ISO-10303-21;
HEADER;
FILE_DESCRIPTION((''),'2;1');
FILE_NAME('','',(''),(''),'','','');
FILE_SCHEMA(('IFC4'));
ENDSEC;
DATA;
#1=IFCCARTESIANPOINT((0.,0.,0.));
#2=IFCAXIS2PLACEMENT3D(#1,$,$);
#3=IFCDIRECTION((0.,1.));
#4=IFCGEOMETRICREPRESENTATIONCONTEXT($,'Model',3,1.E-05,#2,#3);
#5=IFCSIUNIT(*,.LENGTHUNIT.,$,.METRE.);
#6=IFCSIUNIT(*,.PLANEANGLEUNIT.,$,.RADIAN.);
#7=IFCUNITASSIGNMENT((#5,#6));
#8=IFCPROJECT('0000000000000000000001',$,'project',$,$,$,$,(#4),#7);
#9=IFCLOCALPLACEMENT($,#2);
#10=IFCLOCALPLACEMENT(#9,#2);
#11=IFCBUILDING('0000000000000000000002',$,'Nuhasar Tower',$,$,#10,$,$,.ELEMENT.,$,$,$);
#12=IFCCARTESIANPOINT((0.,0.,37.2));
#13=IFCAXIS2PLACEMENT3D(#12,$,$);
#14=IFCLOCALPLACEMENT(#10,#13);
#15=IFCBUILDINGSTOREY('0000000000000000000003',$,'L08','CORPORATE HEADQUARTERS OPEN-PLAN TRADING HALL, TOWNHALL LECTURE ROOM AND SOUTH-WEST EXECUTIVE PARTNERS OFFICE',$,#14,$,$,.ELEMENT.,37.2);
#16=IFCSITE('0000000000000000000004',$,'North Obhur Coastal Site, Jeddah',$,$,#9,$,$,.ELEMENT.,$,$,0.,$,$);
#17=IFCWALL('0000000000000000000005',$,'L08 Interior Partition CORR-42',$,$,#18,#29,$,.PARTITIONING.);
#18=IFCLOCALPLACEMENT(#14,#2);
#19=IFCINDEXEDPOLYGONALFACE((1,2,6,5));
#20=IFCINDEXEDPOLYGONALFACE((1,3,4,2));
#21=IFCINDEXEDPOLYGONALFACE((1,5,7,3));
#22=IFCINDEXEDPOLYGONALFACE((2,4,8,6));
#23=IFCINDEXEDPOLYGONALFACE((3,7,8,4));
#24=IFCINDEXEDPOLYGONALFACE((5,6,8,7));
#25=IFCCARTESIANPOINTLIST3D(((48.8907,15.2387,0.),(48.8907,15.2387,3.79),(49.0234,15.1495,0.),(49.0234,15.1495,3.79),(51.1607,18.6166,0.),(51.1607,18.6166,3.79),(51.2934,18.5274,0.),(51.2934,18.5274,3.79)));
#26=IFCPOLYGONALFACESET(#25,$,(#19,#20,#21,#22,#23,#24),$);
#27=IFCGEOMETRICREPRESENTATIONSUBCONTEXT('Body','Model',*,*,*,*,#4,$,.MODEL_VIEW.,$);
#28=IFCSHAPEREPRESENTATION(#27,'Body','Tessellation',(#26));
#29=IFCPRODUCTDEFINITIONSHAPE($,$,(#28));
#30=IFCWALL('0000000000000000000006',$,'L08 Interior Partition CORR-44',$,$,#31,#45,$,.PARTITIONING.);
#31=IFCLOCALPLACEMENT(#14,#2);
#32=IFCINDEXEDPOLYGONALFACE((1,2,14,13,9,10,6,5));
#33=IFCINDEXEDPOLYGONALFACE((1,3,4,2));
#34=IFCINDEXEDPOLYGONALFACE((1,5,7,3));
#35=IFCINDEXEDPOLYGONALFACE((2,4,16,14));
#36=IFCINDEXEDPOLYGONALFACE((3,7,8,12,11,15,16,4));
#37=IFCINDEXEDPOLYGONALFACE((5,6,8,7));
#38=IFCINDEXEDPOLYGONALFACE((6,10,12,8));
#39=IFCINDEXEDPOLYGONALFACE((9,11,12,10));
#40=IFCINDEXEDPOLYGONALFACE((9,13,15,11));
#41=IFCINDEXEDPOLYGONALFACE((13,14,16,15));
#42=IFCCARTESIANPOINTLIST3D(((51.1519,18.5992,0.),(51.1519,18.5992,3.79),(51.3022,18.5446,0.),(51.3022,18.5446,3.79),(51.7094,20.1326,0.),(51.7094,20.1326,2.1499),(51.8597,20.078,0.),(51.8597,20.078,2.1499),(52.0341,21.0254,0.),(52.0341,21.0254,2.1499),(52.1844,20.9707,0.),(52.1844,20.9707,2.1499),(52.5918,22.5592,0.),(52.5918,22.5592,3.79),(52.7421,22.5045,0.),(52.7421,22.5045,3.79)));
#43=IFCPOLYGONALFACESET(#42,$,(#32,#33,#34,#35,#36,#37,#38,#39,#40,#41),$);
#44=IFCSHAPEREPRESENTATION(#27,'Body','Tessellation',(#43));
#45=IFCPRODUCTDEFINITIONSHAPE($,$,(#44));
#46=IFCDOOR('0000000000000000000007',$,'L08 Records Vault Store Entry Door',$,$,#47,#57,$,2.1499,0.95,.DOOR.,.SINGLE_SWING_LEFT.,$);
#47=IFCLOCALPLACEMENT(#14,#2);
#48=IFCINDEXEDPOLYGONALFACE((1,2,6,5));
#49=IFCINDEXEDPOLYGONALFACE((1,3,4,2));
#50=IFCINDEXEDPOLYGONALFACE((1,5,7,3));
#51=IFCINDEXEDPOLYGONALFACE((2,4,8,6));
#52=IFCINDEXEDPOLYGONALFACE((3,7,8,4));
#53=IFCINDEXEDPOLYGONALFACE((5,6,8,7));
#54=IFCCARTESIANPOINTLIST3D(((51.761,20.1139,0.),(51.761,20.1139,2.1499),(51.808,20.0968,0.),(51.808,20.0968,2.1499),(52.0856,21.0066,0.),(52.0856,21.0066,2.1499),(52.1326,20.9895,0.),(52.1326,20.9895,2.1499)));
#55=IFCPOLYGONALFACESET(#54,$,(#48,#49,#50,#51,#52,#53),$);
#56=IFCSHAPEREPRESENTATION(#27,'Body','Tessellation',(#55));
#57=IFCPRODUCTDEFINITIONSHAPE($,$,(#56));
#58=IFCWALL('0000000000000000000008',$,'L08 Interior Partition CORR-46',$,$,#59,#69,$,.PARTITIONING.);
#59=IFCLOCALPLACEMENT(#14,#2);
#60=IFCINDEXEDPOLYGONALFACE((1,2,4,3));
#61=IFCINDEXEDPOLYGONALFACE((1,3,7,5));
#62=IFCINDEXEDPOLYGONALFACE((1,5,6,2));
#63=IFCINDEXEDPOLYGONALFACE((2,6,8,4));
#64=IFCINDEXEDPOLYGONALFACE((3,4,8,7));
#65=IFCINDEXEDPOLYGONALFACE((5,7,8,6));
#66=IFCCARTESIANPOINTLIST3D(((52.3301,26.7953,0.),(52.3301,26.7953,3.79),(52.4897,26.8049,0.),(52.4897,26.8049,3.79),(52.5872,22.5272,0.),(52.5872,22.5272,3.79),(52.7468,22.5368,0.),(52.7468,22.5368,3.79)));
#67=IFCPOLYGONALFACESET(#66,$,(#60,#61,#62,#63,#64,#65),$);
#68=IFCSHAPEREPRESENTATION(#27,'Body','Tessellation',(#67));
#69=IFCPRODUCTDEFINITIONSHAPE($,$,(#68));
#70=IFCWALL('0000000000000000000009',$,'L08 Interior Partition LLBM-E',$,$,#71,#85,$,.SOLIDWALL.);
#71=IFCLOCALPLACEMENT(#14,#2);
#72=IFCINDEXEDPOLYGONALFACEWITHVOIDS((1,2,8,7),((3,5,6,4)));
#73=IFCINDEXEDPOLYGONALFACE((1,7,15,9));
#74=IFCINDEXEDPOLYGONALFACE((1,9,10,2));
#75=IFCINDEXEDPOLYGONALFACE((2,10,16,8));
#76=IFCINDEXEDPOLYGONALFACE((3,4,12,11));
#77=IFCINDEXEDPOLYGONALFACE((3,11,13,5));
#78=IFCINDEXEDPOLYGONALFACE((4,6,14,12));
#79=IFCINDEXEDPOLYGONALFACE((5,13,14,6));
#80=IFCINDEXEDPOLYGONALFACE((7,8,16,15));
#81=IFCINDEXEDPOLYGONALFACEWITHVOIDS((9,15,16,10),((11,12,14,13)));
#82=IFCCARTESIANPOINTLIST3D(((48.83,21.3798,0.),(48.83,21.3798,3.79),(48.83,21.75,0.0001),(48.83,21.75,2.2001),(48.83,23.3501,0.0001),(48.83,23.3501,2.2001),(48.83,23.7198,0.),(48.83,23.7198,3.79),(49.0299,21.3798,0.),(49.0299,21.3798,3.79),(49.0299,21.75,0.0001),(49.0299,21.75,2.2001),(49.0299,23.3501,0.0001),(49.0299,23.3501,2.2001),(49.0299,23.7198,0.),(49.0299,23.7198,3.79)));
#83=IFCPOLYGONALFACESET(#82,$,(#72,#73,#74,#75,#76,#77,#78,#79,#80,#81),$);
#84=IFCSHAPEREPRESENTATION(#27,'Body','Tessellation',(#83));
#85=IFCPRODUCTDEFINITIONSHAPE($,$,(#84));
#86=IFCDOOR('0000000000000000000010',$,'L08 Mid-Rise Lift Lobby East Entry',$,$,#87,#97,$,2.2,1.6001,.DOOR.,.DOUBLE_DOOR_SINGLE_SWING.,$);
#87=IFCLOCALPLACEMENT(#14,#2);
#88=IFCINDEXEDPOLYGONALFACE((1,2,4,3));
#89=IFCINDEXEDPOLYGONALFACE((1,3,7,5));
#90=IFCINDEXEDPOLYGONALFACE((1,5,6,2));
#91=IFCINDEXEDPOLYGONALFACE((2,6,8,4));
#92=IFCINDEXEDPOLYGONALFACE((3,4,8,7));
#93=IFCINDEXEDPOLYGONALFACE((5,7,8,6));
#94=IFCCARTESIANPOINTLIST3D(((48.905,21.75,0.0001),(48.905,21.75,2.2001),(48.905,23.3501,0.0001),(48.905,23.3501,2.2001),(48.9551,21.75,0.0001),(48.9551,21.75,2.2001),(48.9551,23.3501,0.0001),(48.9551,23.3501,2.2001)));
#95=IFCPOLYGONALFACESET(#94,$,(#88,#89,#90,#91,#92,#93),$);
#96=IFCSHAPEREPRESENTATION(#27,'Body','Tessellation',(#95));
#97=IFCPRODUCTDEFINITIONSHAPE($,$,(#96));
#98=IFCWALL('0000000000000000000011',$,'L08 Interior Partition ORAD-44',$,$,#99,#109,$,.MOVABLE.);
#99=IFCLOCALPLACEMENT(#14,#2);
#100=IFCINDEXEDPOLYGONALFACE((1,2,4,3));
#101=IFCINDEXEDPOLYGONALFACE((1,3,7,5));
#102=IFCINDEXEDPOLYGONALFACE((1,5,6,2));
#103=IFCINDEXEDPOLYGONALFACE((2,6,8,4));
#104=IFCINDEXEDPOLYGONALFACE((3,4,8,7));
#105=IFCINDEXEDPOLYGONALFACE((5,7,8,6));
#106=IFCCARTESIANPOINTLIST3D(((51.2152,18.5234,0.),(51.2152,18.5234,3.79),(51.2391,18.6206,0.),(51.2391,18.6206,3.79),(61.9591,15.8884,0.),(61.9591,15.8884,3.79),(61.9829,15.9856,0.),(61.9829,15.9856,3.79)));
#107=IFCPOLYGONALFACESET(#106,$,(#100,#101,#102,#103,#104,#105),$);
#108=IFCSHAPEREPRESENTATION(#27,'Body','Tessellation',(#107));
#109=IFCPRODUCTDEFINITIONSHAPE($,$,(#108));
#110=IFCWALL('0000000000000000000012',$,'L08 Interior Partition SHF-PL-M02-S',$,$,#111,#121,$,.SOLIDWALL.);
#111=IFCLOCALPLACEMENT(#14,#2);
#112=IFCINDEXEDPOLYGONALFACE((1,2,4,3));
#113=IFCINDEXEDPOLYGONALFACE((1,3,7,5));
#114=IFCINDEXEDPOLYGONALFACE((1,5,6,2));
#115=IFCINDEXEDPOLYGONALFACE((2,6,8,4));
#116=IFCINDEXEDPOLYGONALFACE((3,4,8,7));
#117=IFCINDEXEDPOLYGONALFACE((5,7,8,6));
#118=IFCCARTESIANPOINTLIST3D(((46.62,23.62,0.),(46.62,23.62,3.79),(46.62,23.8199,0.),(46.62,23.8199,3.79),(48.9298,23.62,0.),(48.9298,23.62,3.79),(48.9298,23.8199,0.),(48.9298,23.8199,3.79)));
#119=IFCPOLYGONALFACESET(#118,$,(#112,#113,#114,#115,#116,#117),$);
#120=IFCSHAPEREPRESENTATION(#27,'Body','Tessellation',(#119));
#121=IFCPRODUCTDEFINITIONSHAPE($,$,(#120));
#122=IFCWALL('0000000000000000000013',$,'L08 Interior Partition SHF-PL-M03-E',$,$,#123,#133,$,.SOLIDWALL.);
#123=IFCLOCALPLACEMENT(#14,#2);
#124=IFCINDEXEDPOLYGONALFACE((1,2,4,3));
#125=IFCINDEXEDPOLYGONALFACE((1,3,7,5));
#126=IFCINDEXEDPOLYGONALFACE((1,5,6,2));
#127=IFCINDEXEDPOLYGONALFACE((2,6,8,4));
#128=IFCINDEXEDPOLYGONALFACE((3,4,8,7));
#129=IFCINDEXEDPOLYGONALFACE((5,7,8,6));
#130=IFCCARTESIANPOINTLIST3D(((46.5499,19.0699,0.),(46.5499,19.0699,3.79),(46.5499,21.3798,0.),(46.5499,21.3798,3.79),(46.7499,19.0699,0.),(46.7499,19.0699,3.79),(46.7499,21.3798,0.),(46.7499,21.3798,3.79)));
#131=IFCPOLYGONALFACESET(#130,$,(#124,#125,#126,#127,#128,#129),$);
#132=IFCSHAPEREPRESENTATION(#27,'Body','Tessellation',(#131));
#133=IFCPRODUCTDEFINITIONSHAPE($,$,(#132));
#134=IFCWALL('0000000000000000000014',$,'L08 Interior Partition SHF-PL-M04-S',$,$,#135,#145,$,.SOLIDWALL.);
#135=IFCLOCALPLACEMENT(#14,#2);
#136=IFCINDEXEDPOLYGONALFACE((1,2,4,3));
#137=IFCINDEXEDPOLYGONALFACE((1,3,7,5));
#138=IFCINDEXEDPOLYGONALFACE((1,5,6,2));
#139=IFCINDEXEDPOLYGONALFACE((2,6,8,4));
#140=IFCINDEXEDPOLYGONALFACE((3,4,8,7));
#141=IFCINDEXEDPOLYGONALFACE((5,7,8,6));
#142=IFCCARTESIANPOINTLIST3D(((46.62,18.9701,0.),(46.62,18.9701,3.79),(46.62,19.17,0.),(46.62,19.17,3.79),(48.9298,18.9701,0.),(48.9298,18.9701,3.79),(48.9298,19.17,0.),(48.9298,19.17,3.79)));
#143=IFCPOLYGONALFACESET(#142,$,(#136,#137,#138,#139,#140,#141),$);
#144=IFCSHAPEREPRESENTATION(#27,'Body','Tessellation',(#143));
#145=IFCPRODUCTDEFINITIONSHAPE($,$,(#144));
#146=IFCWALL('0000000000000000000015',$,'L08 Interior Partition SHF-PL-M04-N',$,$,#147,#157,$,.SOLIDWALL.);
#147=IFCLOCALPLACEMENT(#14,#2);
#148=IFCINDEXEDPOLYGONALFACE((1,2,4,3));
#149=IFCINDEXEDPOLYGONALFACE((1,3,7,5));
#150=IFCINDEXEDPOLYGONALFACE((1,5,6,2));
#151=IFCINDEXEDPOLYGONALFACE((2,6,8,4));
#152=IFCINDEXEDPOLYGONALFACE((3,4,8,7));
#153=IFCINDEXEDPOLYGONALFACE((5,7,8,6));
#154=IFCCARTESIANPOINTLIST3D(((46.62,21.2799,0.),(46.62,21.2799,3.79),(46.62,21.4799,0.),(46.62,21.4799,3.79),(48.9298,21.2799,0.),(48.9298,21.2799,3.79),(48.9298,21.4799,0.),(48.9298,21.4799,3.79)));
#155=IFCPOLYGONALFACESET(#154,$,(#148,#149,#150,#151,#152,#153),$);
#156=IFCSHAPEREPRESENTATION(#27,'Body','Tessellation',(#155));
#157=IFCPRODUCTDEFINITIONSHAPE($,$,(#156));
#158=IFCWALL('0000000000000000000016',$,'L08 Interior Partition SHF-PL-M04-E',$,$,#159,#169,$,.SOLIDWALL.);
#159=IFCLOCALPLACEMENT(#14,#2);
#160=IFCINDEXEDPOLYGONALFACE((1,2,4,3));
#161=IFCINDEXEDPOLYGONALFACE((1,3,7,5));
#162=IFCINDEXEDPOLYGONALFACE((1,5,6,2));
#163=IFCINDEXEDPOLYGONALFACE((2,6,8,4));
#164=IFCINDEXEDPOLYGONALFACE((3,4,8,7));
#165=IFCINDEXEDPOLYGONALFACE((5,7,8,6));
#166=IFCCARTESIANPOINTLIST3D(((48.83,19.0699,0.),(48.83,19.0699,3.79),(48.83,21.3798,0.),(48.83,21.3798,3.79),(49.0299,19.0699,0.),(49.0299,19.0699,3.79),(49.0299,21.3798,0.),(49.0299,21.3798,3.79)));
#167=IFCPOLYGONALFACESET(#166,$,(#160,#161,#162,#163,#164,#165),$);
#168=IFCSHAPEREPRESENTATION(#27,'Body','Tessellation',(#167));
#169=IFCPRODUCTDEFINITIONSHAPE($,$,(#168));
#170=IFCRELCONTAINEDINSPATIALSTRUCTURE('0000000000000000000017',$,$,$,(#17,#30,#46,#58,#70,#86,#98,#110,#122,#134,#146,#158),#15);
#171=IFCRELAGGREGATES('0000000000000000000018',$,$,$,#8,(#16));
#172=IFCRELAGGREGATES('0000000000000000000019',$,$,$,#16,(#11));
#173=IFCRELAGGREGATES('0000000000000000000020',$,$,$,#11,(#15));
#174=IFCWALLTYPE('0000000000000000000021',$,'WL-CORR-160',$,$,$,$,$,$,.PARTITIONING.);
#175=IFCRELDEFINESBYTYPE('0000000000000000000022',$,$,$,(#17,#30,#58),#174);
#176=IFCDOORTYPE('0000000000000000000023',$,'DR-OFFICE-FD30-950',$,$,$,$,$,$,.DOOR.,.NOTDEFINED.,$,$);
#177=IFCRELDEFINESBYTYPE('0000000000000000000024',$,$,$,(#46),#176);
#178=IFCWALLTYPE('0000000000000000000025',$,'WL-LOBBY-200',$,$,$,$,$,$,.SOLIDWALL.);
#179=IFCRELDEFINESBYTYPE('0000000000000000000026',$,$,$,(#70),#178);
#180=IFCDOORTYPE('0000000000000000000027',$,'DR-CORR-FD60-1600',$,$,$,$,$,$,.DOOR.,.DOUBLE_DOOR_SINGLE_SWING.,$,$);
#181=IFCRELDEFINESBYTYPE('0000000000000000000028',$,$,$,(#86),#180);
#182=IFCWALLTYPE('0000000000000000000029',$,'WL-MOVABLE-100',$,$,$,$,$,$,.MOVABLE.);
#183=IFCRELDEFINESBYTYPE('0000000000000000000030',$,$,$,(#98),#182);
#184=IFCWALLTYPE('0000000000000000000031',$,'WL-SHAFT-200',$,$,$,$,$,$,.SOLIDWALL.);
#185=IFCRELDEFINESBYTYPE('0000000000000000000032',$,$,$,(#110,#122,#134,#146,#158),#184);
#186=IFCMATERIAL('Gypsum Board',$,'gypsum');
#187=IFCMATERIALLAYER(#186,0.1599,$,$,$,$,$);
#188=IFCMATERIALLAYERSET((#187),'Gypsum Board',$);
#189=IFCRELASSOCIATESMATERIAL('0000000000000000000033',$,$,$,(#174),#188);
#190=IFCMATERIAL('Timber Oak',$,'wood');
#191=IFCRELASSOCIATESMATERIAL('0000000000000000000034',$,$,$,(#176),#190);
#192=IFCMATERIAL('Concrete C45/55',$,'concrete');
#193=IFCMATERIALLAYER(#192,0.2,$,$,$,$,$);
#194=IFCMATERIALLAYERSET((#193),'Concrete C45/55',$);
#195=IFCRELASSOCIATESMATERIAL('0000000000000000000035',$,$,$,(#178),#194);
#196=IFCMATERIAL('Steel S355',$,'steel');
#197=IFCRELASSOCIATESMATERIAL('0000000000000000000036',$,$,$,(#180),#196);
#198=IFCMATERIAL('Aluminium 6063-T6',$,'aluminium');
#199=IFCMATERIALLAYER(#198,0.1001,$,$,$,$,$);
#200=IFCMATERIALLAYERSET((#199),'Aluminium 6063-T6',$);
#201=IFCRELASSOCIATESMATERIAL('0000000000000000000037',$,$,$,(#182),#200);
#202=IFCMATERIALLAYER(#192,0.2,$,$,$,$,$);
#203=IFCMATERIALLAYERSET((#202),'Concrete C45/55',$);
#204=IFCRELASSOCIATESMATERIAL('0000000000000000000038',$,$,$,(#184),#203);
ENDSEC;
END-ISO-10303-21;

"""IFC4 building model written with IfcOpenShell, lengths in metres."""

from ifc_helpers import new_model, si_unit, direction, frame, frame_2d, origin, place, context, subcontext, project, spatial, rectangle, extrude, material, layer, layer_set, type_object, element, fill, save


model = new_model("IFC4")

# Units and contexts
model_context = context("Model", 3, precision=1e-05, world=origin(), true_north=direction((0.0, 1.0)))
body_context = subcontext(model_context, "Body", "Model", "MODEL_VIEW")
ifc_project = project(units=[si_unit("LENGTHUNIT", "METRE"), si_unit("PLANEANGLEUNIT", "RADIAN")], contexts=[model_context])

# Site, building, storey
site_placement = place(None, origin())
site = spatial("IfcSite", under=ifc_project, at=site_placement, Name="North Obhur Coastal Site, Jeddah", CompositionType="ELEMENT", RefElevation=0.0)
building_placement = place(site_placement, origin())
building = spatial("IfcBuilding", under=site, at=building_placement, Name="Nuhasar Tower", CompositionType="ELEMENT")
storey_placement = place(building_placement, frame((0.0, 0.0, 37.2)))
storey = spatial("IfcBuildingStorey", under=building, at=storey_placement, Name="L08", Description="CORPORATE HEADQUARTERS OPEN-PLAN TRADING HALL, TOWNHALL LECTURE ROOM AND SOUTH-WEST EXECUTIVE PARTNERS OFFICE", CompositionType="ELEMENT", Elevation=37.2)

# Shared definitions
ifc_material_1 = material(Name="Steel S355", Category="steel")

# Shared definitions
ifc_material_2 = material(Name="Aluminium 6063-T6", Category="aluminium")

# Shared definitions
ifc_material_3 = material(Name="Gypsum Board", Category="gypsum")
ifc_layer_1 = layer(ifc_material_3, 0.1599)
ifc_layer_set_1 = layer_set([ifc_layer_1], Name="Gypsum Board")
wall_type_1 = type_object("IfcWallType", Name="WL-CORR-160", PredefinedType="PARTITIONING", material=ifc_layer_set_1)
ifc_material_4 = material(Name="Timber Oak", Category="wood")
door_type_1 = type_object("IfcDoorType", Name="DR-OFFICE-FD30-950", OperationType="NOTDEFINED", PredefinedType="DOOR", material=ifc_material_4)

# Wall
wall_1_placement = place(storey_placement, frame((48.957, 15.1941, 0.0), z_axis=(0.0, 0.0, 1.0), x_axis=(0.55777, 0.829996, 0.0)))
element("IfcWall", 1, at=wall_1_placement, inside=storey, type_object=wall_type_1, Name="L08 Interior Partition CORR-42", PredefinedType="PARTITIONING", context=body_context, shape_type="SweptSolid", body=[
    extrude(rectangle(XDim=4.0698, YDim=0.1599, at=frame_2d((2.0349, 0.0))), origin(), (0.0, 0.0, 1.0), 3.79),
])

# Wall, opening, door
wall_2_placement = place(storey_placement, frame((52.667, 22.532, 0.0), z_axis=(0.0, 0.0, 1.0), x_axis=(-0.341734, -0.939797, 0.0)))
wall_2 = element("IfcWall", 2, at=wall_2_placement, inside=storey, type_object=wall_type_1, Name="L08 Interior Partition CORR-44", PredefinedType="PARTITIONING", context=body_context, shape_type="SweptSolid", body=[
    extrude(rectangle(XDim=4.2136, YDim=0.1599, at=frame_2d((2.1069, 0.0))), origin(), (0.0, 0.0, 1.0), 3.79),
])
opening_1_placement = place(wall_2_placement, frame((1.6321, 0.0, 0.0)))
opening_1 = element("IfcOpeningElement", 3, at=opening_1_placement, cuts=wall_2, PredefinedType="OPENING", context=body_context, shape_type="SweptSolid", body=[
    extrude(rectangle(XDim=0.95, YDim=2.1499, at=frame_2d((0.4751, 1.075))), frame((0.0, 0.0898, 0.0), z_axis=(0.0, -1.0, 0.0), x_axis=(1.0, 0.0, 0.0)), (0.0, 0.0, 1.0), 0.1799),
])
door_1_placement = place(opening_1_placement, origin())
door_1 = element("IfcDoor", 4, at=door_1_placement, inside=storey, type_object=door_type_1, Name="L08 Records Vault Store Entry Door", OperationType="SINGLE_SWING_LEFT", OverallHeight=2.1499, OverallWidth=0.95, PredefinedType="DOOR", context=body_context, shape_type="SweptSolid", body=[
    extrude(rectangle(XDim=0.95, YDim=2.1499, at=frame_2d((0.4751, 1.075))), frame((0.0, 0.0249, 0.0), z_axis=(0.0, -1.0, 0.0), x_axis=(1.0, 0.0, 0.0)), (0.0, 0.0, 1.0), 0.05),
])
fill(opening_1, door_1)

# Wall
wall_3_placement = place(storey_placement, frame((52.667, 22.532, 0.0), z_axis=(0.0, 0.0, 1.0), x_axis=(-0.060124, 0.998191, 0.0)))
element("IfcWall", 5, at=wall_3_placement, inside=storey, type_object=wall_type_1, Name="L08 Interior Partition CORR-46", PredefinedType="PARTITIONING", context=body_context, shape_type="SweptSolid", body=[
    extrude(rectangle(XDim=4.2759, YDim=0.1599, at=frame_2d((2.1379, 0.0))), origin(), (0.0, 0.0, 1.0), 3.79),
])

# Wall, opening, door
ifc_material_5 = material(Name="Concrete C45/55", Category="concrete")
ifc_layer_2 = layer(ifc_material_5, 0.2)
ifc_layer_set_2 = layer_set([ifc_layer_2], Name="Concrete C45/55")
wall_type_2 = type_object("IfcWallType", Name="WL-LOBBY-200", PredefinedType="SOLIDWALL", material=ifc_layer_set_2)
wall_4_placement = place(storey_placement, frame((48.9299, 21.3799, 0.0), z_axis=(0.0, 0.0, 1.0), x_axis=(0.0, 1.0, 0.0)))
wall_4 = element("IfcWall", 6, at=wall_4_placement, inside=storey, type_object=wall_type_2, Name="L08 Interior Partition LLBM-E", PredefinedType="SOLIDWALL", context=body_context, shape_type="SweptSolid", body=[
    extrude(rectangle(XDim=2.3401, YDim=0.2, at=frame_2d((1.1699, 0.0))), origin(), (0.0, 0.0, 1.0), 3.79),
])
opening_2_placement = place(wall_4_placement, frame((0.3701, 0.0, 0.0)))
opening_2 = element("IfcOpeningElement", 7, at=opening_2_placement, cuts=wall_4, PredefinedType="OPENING", context=body_context, shape_type="SweptSolid", body=[
    extrude(rectangle(XDim=1.6001, YDim=2.2, at=frame_2d((0.8, 1.1001))), frame((0.0, 0.1099, 0.0), z_axis=(0.0, -1.0, 0.0), x_axis=(1.0, 0.0, 0.0)), (0.0, 0.0, 1.0), 0.22),
])
door_type_2 = type_object("IfcDoorType", Name="DR-CORR-FD60-1600", OperationType="DOUBLE_DOOR_SINGLE_SWING", PredefinedType="DOOR", material=ifc_material_1)
door_2_placement = place(opening_2_placement, origin())
door_2 = element("IfcDoor", 8, at=door_2_placement, inside=storey, type_object=door_type_2, Name="L08 Mid-Rise Lift Lobby East Entry", OperationType="DOUBLE_DOOR_SINGLE_SWING", OverallHeight=2.2, OverallWidth=1.6001, PredefinedType="DOOR", context=body_context, shape_type="SweptSolid", body=[
    extrude(rectangle(XDim=1.6001, YDim=2.2, at=frame_2d((0.8, 1.1001))), frame((0.0, 0.0249, 0.0), z_axis=(0.0, -1.0, 0.0), x_axis=(1.0, 0.0, 0.0)), (0.0, 0.0, 1.0), 0.05),
])
fill(opening_2, door_2)

# Walls
ifc_layer_3 = layer(ifc_material_2, 0.1001)
ifc_layer_set_3 = layer_set([ifc_layer_3], Name="Aluminium 6063-T6")
wall_type_3 = type_object("IfcWallType", Name="WL-MOVABLE-100", PredefinedType="MOVABLE", material=ifc_layer_set_3)
wall_5_placement = place(storey_placement, frame((51.2271, 18.572, 0.0), z_axis=(0.0, 0.0, 1.0), x_axis=(0.971217, -0.238197, 0.0)))
element("IfcWall", 9, at=wall_5_placement, inside=storey, type_object=wall_type_3, Name="L08 Interior Partition ORAD-44", PredefinedType="MOVABLE", context=body_context, shape_type="SweptSolid", body=[
    extrude(rectangle(XDim=11.0623, YDim=0.1001, at=frame_2d((5.5312, 0.0))), origin(), (0.0, 0.0, 1.0), 3.79),
])
ifc_layer_4 = layer(ifc_material_5, 0.2)
ifc_layer_set_4 = layer_set([ifc_layer_4], Name="Concrete C45/55")
wall_type_4 = type_object("IfcWallType", Name="WL-SHAFT-200", PredefinedType="SOLIDWALL", material=ifc_layer_set_4)
for number, where, z_axis, x_axis, name in (
    (10, (46.6201, 23.72, 0.0), (0.0, 0.0, 1.0), (1.0, 0.0, 0.0), "L08 Interior Partition SHF-PL-M02-S"),
    (11, (46.6499, 19.0701, 0.0), (0.0, 0.0, 1.0), (0.0, 1.0, 0.0), "L08 Interior Partition SHF-PL-M03-E"),
    (12, (46.6201, 19.0701, 0.0), (0.0, 0.0, 1.0), (1.0, 0.0, 0.0), "L08 Interior Partition SHF-PL-M04-S"),
    (13, (46.6201, 21.3799, 0.0), (0.0, 0.0, 1.0), (1.0, 0.0, 0.0), "L08 Interior Partition SHF-PL-M04-N"),
    (14, (48.9299, 19.0701, 0.0), (0.0, 0.0, 1.0), (0.0, 1.0, 0.0), "L08 Interior Partition SHF-PL-M04-E"),
):
    element("IfcWall", number, at=place(storey_placement, frame(where, z_axis=z_axis, x_axis=x_axis)), inside=storey, type_object=wall_type_4, Name=name, PredefinedType="SOLIDWALL", context=body_context, shape_type="SweptSolid", body=[
        extrude(rectangle(XDim=2.3098, YDim=0.2, at=frame_2d((1.1548, 0.0))), origin(), (0.0, 0.0, 1.0), 3.79),
    ])

save(model, "model.ifc")
